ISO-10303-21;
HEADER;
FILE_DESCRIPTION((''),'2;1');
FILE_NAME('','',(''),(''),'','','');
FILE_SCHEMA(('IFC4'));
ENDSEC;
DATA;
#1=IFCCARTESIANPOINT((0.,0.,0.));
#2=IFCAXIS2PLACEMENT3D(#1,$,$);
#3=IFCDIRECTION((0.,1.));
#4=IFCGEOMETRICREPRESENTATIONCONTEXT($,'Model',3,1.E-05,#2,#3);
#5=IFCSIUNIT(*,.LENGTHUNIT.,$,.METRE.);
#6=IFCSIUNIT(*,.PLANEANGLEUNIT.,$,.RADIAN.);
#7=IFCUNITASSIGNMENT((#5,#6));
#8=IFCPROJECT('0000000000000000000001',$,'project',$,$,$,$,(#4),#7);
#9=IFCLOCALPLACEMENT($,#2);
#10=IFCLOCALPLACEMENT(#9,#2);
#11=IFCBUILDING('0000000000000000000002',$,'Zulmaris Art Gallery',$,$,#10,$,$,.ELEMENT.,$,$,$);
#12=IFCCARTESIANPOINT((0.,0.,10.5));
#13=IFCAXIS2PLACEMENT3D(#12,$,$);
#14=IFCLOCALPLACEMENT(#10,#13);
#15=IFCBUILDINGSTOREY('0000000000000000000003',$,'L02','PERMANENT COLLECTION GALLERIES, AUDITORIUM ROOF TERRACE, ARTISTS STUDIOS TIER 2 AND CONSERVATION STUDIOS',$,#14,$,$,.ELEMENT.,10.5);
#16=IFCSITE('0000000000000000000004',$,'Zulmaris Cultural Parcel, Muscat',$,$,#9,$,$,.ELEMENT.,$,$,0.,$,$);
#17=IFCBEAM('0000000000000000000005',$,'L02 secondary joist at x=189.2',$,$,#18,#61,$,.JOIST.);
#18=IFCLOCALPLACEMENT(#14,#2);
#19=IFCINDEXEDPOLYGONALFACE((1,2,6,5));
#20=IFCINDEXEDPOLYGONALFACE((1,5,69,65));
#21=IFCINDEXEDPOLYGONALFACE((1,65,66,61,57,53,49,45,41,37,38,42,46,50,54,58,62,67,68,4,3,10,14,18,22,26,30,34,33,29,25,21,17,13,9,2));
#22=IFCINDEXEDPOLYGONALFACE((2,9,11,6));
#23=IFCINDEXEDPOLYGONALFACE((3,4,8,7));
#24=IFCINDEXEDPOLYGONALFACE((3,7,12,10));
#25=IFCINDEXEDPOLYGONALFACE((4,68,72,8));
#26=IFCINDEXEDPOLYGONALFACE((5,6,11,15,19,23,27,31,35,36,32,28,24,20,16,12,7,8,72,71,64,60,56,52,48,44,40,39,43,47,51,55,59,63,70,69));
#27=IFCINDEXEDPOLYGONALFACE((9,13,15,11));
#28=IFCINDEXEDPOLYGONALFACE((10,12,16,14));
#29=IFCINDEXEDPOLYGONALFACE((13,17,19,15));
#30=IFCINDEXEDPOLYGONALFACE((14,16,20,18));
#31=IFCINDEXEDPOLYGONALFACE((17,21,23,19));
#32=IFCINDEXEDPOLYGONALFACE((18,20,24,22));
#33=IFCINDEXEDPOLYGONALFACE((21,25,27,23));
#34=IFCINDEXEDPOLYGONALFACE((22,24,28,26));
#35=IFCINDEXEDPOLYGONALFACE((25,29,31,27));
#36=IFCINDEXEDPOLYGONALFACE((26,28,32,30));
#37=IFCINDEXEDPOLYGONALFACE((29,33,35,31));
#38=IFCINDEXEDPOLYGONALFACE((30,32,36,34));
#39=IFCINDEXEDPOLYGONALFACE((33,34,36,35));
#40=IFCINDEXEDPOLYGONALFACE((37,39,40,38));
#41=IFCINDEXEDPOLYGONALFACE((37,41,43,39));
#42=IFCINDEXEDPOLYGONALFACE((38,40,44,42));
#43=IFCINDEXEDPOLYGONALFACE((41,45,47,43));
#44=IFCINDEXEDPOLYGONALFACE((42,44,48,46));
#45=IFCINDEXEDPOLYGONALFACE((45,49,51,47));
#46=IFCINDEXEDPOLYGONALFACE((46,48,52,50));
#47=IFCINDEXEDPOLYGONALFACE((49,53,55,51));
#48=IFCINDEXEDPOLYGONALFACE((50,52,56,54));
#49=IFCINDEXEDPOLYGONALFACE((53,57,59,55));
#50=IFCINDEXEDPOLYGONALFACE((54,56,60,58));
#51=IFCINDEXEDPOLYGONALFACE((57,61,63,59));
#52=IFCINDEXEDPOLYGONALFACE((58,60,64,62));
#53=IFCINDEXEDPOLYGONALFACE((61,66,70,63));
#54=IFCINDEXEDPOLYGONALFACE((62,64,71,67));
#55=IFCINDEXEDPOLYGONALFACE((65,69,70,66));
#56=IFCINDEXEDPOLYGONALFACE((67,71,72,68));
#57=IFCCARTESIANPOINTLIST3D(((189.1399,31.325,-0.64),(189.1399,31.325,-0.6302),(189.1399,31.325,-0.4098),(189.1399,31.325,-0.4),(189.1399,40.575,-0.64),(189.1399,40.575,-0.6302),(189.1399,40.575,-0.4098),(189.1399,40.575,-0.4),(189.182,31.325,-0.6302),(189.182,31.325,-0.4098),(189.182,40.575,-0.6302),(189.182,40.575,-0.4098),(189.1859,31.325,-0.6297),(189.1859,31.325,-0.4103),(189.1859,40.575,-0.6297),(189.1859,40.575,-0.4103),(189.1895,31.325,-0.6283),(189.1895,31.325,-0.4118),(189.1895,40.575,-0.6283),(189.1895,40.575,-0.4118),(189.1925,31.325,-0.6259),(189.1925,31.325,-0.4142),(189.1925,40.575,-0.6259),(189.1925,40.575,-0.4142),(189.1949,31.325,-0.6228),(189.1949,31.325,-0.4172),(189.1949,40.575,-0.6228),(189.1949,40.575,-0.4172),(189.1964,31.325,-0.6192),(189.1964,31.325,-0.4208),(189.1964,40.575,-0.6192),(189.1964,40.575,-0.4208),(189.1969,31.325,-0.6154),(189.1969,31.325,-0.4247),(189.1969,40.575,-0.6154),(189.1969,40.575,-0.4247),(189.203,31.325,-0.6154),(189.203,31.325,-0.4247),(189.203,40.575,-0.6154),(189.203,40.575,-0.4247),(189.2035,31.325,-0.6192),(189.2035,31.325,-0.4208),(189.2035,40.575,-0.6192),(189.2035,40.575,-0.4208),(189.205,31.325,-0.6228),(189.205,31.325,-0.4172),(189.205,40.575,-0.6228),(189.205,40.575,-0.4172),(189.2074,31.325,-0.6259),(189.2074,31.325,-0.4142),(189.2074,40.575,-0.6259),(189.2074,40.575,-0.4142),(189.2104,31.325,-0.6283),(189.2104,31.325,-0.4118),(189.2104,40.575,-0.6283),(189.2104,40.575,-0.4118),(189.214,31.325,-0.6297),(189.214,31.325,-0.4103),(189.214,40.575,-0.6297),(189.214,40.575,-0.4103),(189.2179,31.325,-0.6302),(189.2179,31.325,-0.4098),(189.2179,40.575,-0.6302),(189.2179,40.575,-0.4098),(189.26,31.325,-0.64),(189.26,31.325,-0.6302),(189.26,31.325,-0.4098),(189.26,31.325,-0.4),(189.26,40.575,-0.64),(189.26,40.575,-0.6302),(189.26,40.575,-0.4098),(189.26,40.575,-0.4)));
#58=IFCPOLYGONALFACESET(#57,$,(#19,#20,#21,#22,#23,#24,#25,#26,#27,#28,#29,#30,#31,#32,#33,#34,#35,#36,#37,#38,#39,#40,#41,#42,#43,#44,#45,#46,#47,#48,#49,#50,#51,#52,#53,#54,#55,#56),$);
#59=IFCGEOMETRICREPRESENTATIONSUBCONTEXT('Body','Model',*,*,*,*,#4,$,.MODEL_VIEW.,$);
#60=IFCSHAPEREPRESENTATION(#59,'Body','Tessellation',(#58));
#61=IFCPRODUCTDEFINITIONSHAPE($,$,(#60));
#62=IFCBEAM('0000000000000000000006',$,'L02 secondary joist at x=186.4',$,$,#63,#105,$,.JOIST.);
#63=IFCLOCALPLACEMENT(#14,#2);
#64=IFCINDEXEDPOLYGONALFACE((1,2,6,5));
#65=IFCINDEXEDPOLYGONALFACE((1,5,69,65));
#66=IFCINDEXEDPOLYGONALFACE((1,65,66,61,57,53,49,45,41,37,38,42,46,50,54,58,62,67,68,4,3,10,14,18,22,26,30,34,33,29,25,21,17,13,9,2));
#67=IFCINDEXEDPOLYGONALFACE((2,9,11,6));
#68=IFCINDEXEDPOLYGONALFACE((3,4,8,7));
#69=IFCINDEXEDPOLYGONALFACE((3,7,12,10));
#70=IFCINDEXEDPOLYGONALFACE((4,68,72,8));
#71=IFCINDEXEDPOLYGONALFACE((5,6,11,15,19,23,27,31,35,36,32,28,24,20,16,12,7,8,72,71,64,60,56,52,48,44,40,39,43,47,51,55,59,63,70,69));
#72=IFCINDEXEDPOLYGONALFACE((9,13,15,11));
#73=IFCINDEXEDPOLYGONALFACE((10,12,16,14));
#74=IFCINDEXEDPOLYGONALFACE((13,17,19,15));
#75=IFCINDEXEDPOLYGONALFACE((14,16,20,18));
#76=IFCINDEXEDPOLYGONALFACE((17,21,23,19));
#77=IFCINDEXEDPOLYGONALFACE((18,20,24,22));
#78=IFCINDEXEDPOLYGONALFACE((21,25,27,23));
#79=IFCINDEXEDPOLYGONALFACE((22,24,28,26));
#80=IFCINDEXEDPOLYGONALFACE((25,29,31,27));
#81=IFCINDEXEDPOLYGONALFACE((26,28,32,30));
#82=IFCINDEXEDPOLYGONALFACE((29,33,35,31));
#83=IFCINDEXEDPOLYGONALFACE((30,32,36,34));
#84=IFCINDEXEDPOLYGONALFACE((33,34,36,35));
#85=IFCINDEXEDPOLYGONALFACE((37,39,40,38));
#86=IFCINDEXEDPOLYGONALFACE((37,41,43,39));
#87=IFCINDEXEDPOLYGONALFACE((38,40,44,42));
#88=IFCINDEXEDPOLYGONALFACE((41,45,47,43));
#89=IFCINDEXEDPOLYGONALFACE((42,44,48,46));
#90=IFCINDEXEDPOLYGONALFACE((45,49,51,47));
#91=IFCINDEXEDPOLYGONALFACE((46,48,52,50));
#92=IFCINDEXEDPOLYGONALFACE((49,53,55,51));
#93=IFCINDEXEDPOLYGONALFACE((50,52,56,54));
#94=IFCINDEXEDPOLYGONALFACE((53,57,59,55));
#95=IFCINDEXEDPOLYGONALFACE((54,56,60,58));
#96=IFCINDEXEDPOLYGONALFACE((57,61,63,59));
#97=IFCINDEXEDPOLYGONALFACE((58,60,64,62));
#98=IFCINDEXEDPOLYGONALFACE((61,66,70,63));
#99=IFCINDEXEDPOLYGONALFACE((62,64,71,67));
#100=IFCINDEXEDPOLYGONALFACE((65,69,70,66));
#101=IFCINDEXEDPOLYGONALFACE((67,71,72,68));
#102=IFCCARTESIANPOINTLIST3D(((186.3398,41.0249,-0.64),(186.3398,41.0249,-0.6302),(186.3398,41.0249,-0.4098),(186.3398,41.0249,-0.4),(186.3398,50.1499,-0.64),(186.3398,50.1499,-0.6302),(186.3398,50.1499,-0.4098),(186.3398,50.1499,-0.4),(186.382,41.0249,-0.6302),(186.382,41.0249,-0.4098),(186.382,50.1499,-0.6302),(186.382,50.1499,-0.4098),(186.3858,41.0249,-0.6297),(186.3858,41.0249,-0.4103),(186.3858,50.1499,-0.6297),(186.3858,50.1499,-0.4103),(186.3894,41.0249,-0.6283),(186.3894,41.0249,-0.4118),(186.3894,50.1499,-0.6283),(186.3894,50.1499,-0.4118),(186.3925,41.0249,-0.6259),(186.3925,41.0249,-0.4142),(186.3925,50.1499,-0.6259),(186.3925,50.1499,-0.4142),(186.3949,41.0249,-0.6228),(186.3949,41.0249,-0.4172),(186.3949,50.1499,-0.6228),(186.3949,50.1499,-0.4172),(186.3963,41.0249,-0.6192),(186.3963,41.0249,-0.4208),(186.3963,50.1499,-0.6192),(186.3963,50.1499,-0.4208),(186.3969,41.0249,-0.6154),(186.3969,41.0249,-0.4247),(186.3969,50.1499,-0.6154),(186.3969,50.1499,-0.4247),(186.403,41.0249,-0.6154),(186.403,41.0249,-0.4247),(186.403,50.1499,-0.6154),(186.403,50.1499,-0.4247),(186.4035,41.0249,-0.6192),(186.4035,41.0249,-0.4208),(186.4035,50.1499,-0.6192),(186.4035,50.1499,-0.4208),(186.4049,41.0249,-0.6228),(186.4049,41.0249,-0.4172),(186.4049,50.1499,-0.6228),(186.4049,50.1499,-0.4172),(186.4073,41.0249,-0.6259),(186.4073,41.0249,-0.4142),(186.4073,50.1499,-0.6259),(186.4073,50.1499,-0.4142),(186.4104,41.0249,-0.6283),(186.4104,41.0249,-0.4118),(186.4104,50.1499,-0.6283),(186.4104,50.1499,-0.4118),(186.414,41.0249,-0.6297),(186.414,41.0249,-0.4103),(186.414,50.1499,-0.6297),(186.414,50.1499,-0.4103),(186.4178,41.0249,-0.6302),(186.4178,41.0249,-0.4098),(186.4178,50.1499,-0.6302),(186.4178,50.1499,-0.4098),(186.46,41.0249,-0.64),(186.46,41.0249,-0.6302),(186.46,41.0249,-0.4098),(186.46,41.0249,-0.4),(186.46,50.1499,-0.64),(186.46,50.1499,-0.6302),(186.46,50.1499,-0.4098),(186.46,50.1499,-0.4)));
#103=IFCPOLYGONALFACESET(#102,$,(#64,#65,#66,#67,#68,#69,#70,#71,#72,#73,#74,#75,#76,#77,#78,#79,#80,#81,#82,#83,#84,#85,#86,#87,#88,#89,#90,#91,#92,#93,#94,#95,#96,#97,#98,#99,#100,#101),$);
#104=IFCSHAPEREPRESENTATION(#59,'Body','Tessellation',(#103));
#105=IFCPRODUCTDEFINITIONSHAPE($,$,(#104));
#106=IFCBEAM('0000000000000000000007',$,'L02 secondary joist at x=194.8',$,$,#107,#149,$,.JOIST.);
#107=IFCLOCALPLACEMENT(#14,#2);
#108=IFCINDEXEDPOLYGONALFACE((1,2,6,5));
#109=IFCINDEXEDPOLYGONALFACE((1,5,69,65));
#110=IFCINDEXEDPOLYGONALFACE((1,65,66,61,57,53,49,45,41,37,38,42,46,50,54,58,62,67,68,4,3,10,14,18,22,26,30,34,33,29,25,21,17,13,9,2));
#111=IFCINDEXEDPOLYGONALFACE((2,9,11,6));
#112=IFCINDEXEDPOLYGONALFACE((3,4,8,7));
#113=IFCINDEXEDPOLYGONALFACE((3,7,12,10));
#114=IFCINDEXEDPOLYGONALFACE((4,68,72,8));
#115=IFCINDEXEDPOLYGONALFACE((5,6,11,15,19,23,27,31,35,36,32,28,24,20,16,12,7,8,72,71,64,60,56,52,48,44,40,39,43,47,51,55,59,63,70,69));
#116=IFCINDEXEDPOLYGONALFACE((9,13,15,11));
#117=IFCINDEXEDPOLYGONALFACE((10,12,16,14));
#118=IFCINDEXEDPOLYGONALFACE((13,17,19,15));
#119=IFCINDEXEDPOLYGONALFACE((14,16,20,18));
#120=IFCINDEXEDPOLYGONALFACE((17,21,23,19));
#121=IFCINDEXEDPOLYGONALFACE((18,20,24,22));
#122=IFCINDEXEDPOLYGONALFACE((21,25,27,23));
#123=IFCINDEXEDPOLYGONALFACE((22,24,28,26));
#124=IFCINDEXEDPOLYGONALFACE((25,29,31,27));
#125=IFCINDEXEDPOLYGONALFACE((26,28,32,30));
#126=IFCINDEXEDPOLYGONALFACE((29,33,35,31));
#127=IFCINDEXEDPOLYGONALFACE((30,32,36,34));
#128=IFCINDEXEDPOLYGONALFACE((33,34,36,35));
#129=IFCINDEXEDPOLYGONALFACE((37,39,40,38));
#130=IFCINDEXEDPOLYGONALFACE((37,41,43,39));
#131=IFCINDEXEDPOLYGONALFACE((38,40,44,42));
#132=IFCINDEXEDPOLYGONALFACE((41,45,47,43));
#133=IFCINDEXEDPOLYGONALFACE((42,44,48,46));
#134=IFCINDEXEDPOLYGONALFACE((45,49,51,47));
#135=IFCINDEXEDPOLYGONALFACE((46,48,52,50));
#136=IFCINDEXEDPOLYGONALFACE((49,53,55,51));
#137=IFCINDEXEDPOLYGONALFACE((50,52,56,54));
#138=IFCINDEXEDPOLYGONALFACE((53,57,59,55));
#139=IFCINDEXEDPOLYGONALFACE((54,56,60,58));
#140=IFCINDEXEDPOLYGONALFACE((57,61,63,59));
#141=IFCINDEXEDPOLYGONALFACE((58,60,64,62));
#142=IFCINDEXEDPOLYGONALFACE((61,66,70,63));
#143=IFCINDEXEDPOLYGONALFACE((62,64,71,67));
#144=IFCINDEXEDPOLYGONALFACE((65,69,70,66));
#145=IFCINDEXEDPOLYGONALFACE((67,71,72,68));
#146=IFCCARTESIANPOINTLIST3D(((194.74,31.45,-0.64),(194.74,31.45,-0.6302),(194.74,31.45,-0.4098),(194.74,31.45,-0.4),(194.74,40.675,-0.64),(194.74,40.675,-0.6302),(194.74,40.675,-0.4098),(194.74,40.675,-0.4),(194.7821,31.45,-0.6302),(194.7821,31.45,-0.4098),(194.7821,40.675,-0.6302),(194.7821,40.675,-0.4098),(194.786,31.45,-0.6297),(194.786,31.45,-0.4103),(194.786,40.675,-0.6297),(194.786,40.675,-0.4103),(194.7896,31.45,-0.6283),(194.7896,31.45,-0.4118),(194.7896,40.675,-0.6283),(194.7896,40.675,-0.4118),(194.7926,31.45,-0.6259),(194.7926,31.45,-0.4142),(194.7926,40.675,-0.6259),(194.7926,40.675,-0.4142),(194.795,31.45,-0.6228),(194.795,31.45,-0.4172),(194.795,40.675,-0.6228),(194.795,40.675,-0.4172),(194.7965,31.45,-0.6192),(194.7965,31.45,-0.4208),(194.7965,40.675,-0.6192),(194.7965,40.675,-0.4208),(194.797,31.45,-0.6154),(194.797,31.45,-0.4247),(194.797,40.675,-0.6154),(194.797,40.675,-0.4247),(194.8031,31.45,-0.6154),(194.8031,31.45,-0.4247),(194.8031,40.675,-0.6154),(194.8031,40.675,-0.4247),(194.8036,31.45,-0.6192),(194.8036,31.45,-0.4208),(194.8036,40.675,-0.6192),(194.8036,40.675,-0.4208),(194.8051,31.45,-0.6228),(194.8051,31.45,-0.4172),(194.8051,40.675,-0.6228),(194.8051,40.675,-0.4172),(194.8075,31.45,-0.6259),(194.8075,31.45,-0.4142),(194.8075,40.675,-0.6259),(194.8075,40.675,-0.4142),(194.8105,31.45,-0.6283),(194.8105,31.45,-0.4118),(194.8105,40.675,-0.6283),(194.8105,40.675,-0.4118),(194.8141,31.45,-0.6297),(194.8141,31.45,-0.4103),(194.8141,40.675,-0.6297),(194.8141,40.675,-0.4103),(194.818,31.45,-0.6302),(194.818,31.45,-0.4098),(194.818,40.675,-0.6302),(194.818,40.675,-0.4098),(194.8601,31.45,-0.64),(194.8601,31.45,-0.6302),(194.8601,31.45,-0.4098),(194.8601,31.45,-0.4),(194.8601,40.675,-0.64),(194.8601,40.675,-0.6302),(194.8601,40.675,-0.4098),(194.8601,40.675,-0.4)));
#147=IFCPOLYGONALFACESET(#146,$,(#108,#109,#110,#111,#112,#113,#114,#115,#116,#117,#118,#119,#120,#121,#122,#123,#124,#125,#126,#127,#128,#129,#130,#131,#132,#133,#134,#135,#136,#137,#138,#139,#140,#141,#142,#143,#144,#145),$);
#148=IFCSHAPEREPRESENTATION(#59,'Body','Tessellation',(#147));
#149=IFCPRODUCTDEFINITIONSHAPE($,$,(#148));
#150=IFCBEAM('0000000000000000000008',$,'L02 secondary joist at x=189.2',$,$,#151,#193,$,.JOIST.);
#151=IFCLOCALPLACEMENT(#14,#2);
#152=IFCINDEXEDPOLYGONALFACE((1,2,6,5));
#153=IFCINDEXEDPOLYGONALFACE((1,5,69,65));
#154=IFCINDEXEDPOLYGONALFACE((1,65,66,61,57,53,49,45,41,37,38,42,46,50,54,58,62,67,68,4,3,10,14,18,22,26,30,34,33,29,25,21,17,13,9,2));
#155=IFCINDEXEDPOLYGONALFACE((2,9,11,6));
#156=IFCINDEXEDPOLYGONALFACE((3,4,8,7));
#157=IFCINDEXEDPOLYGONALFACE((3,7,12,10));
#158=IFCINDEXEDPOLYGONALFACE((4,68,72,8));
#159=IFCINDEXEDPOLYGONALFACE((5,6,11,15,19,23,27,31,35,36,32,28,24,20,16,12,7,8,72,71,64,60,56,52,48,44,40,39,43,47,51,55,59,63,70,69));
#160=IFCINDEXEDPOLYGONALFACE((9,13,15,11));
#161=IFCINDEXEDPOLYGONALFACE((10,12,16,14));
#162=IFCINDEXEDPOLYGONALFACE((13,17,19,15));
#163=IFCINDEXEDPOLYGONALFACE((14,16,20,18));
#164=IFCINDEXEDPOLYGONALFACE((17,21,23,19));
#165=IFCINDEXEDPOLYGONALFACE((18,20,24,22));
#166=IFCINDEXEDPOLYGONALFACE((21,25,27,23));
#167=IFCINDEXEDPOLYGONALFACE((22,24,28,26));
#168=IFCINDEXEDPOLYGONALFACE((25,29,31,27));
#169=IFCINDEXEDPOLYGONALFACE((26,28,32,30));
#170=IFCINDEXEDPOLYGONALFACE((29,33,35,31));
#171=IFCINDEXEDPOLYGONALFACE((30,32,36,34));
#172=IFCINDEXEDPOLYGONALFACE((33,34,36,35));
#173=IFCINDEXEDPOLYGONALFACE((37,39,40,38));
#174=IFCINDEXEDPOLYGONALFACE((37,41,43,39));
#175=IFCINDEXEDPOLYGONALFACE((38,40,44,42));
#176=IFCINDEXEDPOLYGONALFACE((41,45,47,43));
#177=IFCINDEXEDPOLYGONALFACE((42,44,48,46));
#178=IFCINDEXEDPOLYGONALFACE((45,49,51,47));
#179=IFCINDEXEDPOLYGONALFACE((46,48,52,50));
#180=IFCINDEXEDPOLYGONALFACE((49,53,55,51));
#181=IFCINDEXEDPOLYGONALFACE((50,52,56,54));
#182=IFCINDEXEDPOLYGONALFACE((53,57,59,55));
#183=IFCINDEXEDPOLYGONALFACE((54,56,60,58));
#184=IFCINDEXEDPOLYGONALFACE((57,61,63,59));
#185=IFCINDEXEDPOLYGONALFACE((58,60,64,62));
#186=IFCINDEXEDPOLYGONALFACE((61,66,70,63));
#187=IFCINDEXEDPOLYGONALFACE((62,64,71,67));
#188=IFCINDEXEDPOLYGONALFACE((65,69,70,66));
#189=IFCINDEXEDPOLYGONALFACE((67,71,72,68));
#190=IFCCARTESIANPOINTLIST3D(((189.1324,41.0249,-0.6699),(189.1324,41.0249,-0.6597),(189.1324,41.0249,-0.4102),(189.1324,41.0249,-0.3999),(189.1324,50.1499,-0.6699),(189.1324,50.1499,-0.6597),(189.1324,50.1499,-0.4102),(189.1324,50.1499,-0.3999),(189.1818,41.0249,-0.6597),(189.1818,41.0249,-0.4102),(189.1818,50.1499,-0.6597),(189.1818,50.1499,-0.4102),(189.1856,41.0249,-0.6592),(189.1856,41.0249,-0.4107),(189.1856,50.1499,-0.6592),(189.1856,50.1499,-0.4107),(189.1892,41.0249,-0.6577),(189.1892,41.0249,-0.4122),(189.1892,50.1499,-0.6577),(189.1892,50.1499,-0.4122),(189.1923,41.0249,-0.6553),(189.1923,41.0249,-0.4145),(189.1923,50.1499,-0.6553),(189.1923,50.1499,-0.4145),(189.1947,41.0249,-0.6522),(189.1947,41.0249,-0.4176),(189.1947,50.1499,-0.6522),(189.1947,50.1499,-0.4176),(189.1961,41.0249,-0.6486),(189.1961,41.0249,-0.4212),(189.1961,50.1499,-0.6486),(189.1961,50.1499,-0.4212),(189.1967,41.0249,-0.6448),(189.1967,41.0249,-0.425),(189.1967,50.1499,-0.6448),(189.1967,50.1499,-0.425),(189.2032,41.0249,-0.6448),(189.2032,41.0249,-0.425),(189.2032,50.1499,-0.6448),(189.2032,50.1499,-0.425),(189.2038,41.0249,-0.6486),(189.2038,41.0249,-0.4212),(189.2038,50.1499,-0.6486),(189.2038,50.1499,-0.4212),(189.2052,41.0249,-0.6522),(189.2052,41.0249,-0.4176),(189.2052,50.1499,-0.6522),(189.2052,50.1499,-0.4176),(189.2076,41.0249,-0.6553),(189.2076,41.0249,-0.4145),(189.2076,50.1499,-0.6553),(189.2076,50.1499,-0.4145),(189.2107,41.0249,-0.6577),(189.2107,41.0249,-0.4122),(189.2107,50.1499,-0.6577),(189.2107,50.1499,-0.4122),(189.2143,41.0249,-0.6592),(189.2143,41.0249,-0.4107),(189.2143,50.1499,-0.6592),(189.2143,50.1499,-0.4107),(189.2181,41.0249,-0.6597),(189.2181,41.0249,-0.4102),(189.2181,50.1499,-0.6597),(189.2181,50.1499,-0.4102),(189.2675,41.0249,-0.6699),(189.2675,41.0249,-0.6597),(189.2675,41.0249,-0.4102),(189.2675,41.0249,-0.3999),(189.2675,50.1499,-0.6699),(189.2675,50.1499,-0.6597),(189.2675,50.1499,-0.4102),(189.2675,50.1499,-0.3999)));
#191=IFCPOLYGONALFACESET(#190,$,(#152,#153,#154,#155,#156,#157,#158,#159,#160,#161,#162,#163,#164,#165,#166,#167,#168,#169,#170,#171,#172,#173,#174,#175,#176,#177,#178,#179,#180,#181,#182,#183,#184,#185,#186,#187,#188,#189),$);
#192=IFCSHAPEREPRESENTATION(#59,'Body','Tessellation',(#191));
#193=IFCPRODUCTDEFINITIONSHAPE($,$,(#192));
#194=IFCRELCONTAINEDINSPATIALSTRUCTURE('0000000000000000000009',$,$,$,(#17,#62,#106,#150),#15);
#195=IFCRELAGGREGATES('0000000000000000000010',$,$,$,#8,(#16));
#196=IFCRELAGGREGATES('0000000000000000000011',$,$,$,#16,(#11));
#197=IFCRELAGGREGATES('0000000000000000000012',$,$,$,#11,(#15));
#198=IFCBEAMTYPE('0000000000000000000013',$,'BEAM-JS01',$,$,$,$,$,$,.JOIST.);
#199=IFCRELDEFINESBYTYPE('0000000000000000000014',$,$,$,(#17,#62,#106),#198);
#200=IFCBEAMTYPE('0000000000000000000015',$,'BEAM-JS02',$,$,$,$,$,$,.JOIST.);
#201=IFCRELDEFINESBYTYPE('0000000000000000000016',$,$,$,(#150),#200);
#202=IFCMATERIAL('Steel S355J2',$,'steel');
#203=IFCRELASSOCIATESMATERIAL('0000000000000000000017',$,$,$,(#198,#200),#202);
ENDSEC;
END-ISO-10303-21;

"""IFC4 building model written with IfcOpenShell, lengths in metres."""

from ifc_helpers import new_model, si_unit, direction, frame, origin, origin_2d, place, context, subcontext, project, spatial, i_section, extrude, material, material_profile, profile_set, type_object, element, save


model = new_model("IFC4")

# Units and contexts
model_context = context("Model", 3, precision=1e-05, world=origin(), true_north=direction((0.0, 1.0)))
body_context = subcontext(model_context, "Body", "Model", "MODEL_VIEW")
ifc_project = project(units=[si_unit("LENGTHUNIT", "METRE"), si_unit("PLANEANGLEUNIT", "RADIAN")], contexts=[model_context])

# Site, building, storey
site_placement = place(None, origin())
site = spatial("IfcSite", under=ifc_project, at=site_placement, Name="Zulmaris Cultural Parcel, Muscat", CompositionType="ELEMENT", RefElevation=0.0)
building_placement = place(site_placement, origin())
building = spatial("IfcBuilding", under=site, at=building_placement, Name="Zulmaris Art Gallery", CompositionType="ELEMENT")
storey_placement = place(building_placement, frame((0.0, 0.0, 10.5)))
storey = spatial("IfcBuildingStorey", under=building, at=storey_placement, Name="L02", Description="PERMANENT COLLECTION GALLERIES, AUDITORIUM ROOF TERRACE, ARTISTS STUDIOS TIER 2 AND CONSERVATION STUDIOS", CompositionType="ELEMENT", Elevation=10.5)

# Beams
ifc_material_1 = material(Name="Steel S355J2", Category="steel")
ifc_material_profile_1 = material_profile(ifc_material_1, i_section(OverallWidth=0.1201, OverallDepth=0.24, WebThickness=0.0061, FlangeThickness=0.0098, FilletRadius=0.0149, at=origin_2d()), Name="IPE 240")
ifc_profile_set_1 = profile_set([ifc_material_profile_1], Name="Steel S355J2")
beam_type_1 = type_object("IfcBeamType", Name="BEAM-JS01", PredefinedType="JOIST", material=ifc_profile_set_1)
beam_1_placement = place(storey_placement, frame((189.2, 31.325, -0.52), z_axis=(0.0, 1.0, 0.0), x_axis=(-1.0, 0.0, 0.0)))
element("IfcBeam", 1, at=beam_1_placement, inside=storey, type_object=beam_type_1, Name="L02 secondary joist at x=189.2", PredefinedType="JOIST", context=body_context, shape_type="SweptSolid", body=[
    extrude(i_section(OverallWidth=0.1201, OverallDepth=0.24, WebThickness=0.0061, FlangeThickness=0.0098, FilletRadius=0.0149, at=origin_2d()), origin(), (0.0, 0.0, 1.0), 9.25),
])
beam_2_placement = place(storey_placement, frame((186.3999, 41.0249, -0.52), z_axis=(0.0, 1.0, 0.0), x_axis=(-1.0, 0.0, 0.0)))
element("IfcBeam", 2, at=beam_2_placement, inside=storey, type_object=beam_type_1, Name="L02 secondary joist at x=186.4", PredefinedType="JOIST", context=body_context, shape_type="SweptSolid", body=[
    extrude(i_section(OverallWidth=0.1201, OverallDepth=0.24, WebThickness=0.0061, FlangeThickness=0.0098, FilletRadius=0.0149, at=origin_2d()), origin(), (0.0, 0.0, 1.0), 9.125),
])
beam_3_placement = place(storey_placement, frame((194.8, 31.45, -0.52), z_axis=(0.0, 1.0, 0.0), x_axis=(-1.0, 0.0, 0.0)))
element("IfcBeam", 3, at=beam_3_placement, inside=storey, type_object=beam_type_1, Name="L02 secondary joist at x=194.8", PredefinedType="JOIST", context=body_context, shape_type="SweptSolid", body=[
    extrude(i_section(OverallWidth=0.1201, OverallDepth=0.24, WebThickness=0.0061, FlangeThickness=0.0098, FilletRadius=0.0149, at=origin_2d()), origin(), (0.0, 0.0, 1.0), 9.2251),
])
ifc_material_profile_2 = material_profile(ifc_material_1, i_section(OverallWidth=0.135, OverallDepth=0.27, WebThickness=0.0066, FlangeThickness=0.0103, FilletRadius=0.0149, at=origin_2d()), Name="IPE 270")
ifc_profile_set_2 = profile_set([ifc_material_profile_2], Name="Steel S355J2")
beam_type_2 = type_object("IfcBeamType", Name="BEAM-JS02", PredefinedType="JOIST", material=ifc_profile_set_2)
beam_4_placement = place(storey_placement, frame((189.2, 41.0249, -0.5349), z_axis=(0.0, 1.0, 0.0), x_axis=(-1.0, 0.0, 0.0)))
element("IfcBeam", 4, at=beam_4_placement, inside=storey, type_object=beam_type_2, Name="L02 secondary joist at x=189.2", PredefinedType="JOIST", context=body_context, shape_type="SweptSolid", body=[
    extrude(i_section(OverallWidth=0.135, OverallDepth=0.27, WebThickness=0.0066, FlangeThickness=0.0103, FilletRadius=0.0149, at=origin_2d()), origin(), (0.0, 0.0, 1.0), 9.125),
])

save(model, "model.ifc")
